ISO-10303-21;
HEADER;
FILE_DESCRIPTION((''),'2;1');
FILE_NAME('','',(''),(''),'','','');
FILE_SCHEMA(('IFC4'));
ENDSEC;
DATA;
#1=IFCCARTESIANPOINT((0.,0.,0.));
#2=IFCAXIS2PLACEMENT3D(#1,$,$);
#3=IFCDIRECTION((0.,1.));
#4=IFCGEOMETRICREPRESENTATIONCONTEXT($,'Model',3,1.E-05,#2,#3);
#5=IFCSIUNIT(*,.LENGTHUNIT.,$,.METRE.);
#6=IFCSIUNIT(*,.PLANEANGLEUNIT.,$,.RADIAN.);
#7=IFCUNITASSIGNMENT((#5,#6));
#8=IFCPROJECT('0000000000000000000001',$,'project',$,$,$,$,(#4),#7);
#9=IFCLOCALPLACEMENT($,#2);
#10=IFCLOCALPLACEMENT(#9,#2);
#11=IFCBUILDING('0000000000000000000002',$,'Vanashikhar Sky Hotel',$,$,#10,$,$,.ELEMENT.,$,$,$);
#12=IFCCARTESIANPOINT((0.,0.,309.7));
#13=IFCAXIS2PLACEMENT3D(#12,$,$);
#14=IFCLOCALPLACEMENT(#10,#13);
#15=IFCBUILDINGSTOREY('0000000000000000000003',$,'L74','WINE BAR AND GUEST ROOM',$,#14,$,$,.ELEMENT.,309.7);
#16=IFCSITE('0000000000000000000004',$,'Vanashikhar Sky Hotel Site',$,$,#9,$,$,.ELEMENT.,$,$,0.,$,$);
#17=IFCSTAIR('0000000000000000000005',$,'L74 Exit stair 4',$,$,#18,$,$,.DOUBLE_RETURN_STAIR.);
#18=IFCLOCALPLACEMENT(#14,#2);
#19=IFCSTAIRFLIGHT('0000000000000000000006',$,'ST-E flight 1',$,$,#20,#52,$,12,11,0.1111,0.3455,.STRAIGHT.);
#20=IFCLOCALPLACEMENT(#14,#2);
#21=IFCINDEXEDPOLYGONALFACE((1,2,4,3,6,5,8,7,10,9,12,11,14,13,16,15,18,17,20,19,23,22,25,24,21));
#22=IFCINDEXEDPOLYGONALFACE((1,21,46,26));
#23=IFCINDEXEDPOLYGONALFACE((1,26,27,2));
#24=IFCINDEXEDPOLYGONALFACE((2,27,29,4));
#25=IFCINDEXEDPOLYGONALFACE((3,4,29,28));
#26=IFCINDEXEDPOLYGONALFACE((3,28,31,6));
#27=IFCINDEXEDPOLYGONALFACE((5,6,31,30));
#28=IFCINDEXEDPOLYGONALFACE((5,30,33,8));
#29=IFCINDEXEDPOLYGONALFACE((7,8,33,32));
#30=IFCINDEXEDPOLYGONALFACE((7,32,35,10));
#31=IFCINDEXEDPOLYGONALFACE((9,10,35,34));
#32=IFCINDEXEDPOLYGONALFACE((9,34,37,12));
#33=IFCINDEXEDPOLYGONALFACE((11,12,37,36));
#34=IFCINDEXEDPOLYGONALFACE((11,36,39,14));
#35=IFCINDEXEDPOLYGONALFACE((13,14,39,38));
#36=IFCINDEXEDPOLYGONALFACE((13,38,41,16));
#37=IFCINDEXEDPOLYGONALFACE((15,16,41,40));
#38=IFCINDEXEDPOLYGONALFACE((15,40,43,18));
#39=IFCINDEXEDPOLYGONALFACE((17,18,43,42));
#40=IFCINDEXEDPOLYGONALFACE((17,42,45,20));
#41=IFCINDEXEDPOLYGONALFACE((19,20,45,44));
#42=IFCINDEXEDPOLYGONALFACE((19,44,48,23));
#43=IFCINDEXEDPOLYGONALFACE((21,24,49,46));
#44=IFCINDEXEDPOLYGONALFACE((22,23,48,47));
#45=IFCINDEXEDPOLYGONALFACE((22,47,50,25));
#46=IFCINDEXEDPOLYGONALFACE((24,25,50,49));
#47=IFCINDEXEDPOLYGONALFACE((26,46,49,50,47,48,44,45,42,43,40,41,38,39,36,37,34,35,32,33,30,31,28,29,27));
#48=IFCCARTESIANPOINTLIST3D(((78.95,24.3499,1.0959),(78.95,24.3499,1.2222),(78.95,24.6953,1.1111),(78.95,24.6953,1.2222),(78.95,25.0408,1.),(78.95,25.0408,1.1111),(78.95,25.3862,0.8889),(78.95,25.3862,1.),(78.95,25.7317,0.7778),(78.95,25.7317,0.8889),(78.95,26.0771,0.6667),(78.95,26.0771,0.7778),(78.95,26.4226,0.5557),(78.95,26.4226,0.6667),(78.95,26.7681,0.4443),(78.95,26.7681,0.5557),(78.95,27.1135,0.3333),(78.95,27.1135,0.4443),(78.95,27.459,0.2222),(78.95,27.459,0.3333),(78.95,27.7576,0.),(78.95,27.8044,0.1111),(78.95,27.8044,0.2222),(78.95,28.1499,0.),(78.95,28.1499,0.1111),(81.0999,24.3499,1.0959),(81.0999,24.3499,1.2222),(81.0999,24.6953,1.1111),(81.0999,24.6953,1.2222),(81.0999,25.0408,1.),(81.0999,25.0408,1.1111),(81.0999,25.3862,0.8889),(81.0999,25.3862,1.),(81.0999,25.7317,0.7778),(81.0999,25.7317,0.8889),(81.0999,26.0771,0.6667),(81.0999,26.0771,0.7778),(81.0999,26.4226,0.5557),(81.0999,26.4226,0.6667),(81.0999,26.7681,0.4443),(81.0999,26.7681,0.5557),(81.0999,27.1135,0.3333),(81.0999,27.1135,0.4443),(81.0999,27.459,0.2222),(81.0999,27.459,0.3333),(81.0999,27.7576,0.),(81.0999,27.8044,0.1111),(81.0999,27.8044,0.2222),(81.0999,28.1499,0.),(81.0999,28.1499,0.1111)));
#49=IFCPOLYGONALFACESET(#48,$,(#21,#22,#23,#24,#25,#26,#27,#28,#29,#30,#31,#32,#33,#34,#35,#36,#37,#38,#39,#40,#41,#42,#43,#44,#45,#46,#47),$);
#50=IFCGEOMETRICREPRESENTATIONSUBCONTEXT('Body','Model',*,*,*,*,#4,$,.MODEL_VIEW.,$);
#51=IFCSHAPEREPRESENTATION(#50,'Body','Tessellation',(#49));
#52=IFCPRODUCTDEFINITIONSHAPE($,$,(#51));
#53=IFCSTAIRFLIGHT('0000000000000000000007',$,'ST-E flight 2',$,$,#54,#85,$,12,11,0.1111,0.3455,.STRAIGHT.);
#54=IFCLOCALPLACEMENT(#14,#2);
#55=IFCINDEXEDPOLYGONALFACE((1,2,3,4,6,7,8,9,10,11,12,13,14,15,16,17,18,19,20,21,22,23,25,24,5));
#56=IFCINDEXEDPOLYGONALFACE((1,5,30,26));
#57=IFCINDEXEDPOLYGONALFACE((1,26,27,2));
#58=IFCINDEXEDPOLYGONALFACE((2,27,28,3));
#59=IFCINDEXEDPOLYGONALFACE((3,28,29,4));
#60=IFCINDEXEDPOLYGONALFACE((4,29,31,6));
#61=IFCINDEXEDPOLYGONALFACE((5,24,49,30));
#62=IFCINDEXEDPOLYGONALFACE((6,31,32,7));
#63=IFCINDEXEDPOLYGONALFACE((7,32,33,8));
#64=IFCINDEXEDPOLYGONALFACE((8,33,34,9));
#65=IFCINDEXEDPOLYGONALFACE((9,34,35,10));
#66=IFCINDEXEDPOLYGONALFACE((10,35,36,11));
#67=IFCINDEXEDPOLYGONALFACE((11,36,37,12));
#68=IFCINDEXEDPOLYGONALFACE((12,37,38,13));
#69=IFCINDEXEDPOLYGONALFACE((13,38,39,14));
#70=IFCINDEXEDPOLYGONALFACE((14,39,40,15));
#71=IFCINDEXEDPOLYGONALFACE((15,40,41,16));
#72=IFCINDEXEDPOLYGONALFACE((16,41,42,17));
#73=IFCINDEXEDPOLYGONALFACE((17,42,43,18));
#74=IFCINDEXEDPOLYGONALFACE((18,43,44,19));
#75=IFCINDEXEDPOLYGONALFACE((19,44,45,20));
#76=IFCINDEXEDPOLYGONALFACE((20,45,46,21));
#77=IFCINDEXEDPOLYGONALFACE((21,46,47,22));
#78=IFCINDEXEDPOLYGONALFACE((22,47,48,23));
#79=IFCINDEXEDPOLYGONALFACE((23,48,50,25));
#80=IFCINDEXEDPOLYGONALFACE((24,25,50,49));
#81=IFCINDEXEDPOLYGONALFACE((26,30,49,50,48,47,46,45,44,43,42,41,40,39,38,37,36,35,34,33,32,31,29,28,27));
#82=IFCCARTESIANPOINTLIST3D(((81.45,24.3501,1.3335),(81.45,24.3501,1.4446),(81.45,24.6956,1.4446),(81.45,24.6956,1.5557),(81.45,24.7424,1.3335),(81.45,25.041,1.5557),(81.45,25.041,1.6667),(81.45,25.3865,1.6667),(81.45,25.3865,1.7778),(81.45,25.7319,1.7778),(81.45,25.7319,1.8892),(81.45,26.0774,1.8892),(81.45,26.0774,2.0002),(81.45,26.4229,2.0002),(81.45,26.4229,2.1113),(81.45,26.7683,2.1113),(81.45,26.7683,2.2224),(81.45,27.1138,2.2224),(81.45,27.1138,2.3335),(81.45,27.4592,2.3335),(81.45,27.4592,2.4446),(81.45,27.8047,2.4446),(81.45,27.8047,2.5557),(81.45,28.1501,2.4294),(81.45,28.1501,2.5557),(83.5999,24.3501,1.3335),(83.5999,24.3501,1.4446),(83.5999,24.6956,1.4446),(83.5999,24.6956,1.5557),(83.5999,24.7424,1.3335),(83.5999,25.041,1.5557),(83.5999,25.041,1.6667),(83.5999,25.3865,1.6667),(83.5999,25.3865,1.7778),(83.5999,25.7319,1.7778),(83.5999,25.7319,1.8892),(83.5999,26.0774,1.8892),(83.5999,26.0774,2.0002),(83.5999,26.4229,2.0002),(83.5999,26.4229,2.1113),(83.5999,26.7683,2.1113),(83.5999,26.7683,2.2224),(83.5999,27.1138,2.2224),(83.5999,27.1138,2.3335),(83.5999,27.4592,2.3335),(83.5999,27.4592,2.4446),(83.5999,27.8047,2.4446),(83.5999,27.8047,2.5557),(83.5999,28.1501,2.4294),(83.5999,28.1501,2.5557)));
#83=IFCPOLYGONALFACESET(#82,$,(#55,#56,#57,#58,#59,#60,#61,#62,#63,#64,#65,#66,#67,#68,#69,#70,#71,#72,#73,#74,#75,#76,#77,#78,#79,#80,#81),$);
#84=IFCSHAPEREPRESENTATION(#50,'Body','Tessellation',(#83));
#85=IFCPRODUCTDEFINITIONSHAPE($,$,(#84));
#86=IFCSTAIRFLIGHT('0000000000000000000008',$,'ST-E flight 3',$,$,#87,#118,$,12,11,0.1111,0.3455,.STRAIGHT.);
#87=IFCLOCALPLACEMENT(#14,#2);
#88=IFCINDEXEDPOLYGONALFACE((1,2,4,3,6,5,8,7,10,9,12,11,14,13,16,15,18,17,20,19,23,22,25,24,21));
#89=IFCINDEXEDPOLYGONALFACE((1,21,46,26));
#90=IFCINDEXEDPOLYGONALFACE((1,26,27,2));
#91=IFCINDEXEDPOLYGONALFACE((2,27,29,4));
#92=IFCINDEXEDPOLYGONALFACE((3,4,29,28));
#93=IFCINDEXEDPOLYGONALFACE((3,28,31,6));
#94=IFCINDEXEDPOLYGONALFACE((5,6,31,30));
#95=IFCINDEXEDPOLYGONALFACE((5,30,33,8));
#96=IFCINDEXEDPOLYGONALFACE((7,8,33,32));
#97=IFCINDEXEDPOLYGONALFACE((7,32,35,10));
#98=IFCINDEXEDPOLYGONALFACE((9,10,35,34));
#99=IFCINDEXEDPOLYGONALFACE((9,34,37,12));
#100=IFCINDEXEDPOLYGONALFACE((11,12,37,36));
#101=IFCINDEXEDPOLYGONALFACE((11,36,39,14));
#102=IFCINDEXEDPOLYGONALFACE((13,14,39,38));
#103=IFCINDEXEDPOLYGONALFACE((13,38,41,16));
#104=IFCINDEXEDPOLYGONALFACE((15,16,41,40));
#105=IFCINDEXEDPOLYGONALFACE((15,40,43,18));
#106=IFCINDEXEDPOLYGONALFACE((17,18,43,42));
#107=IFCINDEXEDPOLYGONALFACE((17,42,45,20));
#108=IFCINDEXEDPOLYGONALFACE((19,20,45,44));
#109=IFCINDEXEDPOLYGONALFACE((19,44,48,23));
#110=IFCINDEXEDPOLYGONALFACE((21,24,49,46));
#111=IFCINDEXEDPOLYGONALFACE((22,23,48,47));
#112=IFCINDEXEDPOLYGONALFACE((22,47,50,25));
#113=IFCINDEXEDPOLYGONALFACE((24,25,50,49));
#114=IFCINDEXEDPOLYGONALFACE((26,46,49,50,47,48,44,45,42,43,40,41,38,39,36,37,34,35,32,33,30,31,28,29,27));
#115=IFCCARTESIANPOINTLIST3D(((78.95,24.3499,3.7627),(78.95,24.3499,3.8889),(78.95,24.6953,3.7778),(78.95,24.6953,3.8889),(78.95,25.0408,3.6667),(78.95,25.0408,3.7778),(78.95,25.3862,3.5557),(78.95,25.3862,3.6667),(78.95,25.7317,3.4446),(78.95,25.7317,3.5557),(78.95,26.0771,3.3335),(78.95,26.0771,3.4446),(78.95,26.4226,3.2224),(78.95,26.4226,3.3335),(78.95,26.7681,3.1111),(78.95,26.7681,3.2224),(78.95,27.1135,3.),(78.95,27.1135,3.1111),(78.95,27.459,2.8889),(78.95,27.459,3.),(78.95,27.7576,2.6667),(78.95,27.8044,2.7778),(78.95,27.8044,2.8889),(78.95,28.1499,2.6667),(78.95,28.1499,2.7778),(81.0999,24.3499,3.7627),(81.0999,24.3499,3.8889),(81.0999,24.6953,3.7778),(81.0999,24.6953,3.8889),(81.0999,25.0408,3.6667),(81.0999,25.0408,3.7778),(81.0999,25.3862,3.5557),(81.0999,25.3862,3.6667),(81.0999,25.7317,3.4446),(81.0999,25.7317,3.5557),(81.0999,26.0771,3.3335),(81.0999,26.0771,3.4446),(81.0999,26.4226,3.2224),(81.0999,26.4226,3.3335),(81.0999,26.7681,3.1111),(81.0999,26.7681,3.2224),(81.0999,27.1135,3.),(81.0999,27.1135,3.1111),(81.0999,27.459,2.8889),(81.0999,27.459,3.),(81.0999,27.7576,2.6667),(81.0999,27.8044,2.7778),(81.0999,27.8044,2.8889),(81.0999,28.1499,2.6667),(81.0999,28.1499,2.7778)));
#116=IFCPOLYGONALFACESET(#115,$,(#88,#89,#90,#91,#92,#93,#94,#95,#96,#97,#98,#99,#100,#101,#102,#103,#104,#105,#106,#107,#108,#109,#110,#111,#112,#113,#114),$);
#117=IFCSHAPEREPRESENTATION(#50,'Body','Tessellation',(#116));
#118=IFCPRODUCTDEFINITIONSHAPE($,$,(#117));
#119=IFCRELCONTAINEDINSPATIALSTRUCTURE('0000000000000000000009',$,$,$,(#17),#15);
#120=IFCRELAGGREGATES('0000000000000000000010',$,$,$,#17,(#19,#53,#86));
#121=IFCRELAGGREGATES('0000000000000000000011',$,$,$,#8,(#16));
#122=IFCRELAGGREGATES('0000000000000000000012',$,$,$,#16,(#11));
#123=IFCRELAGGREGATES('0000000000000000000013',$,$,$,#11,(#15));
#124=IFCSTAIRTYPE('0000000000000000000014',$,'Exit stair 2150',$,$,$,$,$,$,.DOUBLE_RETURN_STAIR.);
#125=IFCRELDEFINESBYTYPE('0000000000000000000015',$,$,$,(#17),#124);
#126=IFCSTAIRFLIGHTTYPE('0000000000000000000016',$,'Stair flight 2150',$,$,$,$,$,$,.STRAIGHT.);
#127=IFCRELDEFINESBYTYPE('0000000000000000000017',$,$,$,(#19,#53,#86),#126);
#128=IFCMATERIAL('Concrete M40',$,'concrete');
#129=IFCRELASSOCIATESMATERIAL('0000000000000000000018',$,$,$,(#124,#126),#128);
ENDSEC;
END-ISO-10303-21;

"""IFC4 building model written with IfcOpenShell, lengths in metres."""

from ifc_helpers import new_model, si_unit, direction, frame, origin, place, context, subcontext, project, spatial, polyline, outline, extrude, source, transform, mapped, material, type_object, element, aggregate, save


model = new_model("IFC4")

# Units and contexts
model_context = context("Model", 3, precision=1e-05, world=origin(), true_north=direction((0.0, 1.0)))
body_context = subcontext(model_context, "Body", "Model", "MODEL_VIEW")
ifc_project = project(units=[si_unit("LENGTHUNIT", "METRE"), si_unit("PLANEANGLEUNIT", "RADIAN")], contexts=[model_context])

# Site, building, storey
site_placement = place(None, origin())
site = spatial("IfcSite", under=ifc_project, at=site_placement, Name="Vanashikhar Sky Hotel Site", CompositionType="ELEMENT", RefElevation=0.0)
building_placement = place(site_placement, origin())
building = spatial("IfcBuilding", under=site, at=building_placement, Name="Vanashikhar Sky Hotel", CompositionType="ELEMENT")
storey_placement = place(building_placement, frame((0.0, 0.0, 309.7)))
storey = spatial("IfcBuildingStorey", under=building, at=storey_placement, Name="L74", Description="WINE BAR AND GUEST ROOM", CompositionType="ELEMENT", Elevation=309.7)

# Shared definitions
ifc_material_1 = material(Name="Concrete M40", Category="concrete")
stair_type = type_object("IfcStairType", Name="Exit stair 2150", PredefinedType="DOUBLE_RETURN_STAIR", material=ifc_material_1)
stair_flight_type = type_object("IfcStairFlightType", Name="Stair flight 2150", PredefinedType="STRAIGHT", material=ifc_material_1)
shared_shape_1 = source(origin(), body_context, "Body", "SweptSolid", [
    extrude(outline(polyline([(0.0, 0.0), (0.0, 0.1111), (0.3455, 0.1111), (0.3455, 0.2222), (0.6909, 0.2222), (0.6909, 0.3333), (1.0364, 0.3333), (1.0364, 0.4443), (1.3818, 0.4443), (1.3818, 0.5557), (1.7273, 0.5557), (1.7273, 0.6667), (2.0728, 0.6667), (2.0728, 0.7778), (2.4182, 0.7778), (2.4182, 0.8889), (2.7637, 0.8889), (2.7637, 1.0), (3.1091, 1.0), (3.1091, 1.1111), (3.4546, 1.1111), (3.4546, 1.2222), (3.8, 1.2222), (3.8, 1.3333), (3.8, 1.0959), (0.3923, 0.0), (0.0, 0.0)])), frame((0.0, 1.075, 0.0), z_axis=(0.0, -1.0, 0.0), x_axis=(1.0, 0.0, 0.0)), (0.0, 0.0, 1.0), 2.1499),
])

# Stair, stair flights
stair_1_placement = place(storey_placement, origin())
stair_1 = element("IfcStair", 1, at=stair_1_placement, inside=storey, type_object=stair_type, Name="L74 Exit stair 4", PredefinedType="DOUBLE_RETURN_STAIR")
stair_flight_1_placement = place(storey_placement, frame((80.0249, 28.1499, 0.0), z_axis=(0.0, 0.0, 1.0), x_axis=(0.0, -1.0, 0.0)))
stair_flight_1 = element("IfcStairFlight", 2, at=stair_flight_1_placement, type_object=stair_flight_type, Name="ST-E flight 1", NumberOfRisers=12, NumberOfTreads=11, PredefinedType="STRAIGHT", RiserHeight=0.1111, TreadLength=0.3455, context=body_context, shape_type="MappedRepresentation", body=[
    mapped(shared_shape_1, transform((0.0, 0.0, 0.0), scale=1.0)),
])
stair_flight_2_placement = place(storey_placement, frame((82.5249, 24.3501, 1.3335), z_axis=(0.0, 0.0, 1.0), x_axis=(0.0, 1.0, 0.0)))
stair_flight_2 = element("IfcStairFlight", 3, at=stair_flight_2_placement, type_object=stair_flight_type, Name="ST-E flight 2", NumberOfRisers=12, NumberOfTreads=11, PredefinedType="STRAIGHT", RiserHeight=0.1111, TreadLength=0.3455, context=body_context, shape_type="MappedRepresentation", body=[
    mapped(shared_shape_1, transform((0.0, 0.0, 0.0), scale=1.0)),
])
stair_flight_3_placement = place(storey_placement, frame((80.0249, 28.1499, 2.6667), z_axis=(0.0, 0.0, 1.0), x_axis=(0.0, -1.0, 0.0)))
stair_flight_3 = element("IfcStairFlight", 4, at=stair_flight_3_placement, type_object=stair_flight_type, Name="ST-E flight 3", NumberOfRisers=12, NumberOfTreads=11, PredefinedType="STRAIGHT", RiserHeight=0.1111, TreadLength=0.3455, context=body_context, shape_type="MappedRepresentation", body=[
    mapped(shared_shape_1, transform((0.0, 0.0, 0.0), scale=1.0)),
])
aggregate(stair_1, [stair_flight_1, stair_flight_2, stair_flight_3])

save(model, "model.ifc")
